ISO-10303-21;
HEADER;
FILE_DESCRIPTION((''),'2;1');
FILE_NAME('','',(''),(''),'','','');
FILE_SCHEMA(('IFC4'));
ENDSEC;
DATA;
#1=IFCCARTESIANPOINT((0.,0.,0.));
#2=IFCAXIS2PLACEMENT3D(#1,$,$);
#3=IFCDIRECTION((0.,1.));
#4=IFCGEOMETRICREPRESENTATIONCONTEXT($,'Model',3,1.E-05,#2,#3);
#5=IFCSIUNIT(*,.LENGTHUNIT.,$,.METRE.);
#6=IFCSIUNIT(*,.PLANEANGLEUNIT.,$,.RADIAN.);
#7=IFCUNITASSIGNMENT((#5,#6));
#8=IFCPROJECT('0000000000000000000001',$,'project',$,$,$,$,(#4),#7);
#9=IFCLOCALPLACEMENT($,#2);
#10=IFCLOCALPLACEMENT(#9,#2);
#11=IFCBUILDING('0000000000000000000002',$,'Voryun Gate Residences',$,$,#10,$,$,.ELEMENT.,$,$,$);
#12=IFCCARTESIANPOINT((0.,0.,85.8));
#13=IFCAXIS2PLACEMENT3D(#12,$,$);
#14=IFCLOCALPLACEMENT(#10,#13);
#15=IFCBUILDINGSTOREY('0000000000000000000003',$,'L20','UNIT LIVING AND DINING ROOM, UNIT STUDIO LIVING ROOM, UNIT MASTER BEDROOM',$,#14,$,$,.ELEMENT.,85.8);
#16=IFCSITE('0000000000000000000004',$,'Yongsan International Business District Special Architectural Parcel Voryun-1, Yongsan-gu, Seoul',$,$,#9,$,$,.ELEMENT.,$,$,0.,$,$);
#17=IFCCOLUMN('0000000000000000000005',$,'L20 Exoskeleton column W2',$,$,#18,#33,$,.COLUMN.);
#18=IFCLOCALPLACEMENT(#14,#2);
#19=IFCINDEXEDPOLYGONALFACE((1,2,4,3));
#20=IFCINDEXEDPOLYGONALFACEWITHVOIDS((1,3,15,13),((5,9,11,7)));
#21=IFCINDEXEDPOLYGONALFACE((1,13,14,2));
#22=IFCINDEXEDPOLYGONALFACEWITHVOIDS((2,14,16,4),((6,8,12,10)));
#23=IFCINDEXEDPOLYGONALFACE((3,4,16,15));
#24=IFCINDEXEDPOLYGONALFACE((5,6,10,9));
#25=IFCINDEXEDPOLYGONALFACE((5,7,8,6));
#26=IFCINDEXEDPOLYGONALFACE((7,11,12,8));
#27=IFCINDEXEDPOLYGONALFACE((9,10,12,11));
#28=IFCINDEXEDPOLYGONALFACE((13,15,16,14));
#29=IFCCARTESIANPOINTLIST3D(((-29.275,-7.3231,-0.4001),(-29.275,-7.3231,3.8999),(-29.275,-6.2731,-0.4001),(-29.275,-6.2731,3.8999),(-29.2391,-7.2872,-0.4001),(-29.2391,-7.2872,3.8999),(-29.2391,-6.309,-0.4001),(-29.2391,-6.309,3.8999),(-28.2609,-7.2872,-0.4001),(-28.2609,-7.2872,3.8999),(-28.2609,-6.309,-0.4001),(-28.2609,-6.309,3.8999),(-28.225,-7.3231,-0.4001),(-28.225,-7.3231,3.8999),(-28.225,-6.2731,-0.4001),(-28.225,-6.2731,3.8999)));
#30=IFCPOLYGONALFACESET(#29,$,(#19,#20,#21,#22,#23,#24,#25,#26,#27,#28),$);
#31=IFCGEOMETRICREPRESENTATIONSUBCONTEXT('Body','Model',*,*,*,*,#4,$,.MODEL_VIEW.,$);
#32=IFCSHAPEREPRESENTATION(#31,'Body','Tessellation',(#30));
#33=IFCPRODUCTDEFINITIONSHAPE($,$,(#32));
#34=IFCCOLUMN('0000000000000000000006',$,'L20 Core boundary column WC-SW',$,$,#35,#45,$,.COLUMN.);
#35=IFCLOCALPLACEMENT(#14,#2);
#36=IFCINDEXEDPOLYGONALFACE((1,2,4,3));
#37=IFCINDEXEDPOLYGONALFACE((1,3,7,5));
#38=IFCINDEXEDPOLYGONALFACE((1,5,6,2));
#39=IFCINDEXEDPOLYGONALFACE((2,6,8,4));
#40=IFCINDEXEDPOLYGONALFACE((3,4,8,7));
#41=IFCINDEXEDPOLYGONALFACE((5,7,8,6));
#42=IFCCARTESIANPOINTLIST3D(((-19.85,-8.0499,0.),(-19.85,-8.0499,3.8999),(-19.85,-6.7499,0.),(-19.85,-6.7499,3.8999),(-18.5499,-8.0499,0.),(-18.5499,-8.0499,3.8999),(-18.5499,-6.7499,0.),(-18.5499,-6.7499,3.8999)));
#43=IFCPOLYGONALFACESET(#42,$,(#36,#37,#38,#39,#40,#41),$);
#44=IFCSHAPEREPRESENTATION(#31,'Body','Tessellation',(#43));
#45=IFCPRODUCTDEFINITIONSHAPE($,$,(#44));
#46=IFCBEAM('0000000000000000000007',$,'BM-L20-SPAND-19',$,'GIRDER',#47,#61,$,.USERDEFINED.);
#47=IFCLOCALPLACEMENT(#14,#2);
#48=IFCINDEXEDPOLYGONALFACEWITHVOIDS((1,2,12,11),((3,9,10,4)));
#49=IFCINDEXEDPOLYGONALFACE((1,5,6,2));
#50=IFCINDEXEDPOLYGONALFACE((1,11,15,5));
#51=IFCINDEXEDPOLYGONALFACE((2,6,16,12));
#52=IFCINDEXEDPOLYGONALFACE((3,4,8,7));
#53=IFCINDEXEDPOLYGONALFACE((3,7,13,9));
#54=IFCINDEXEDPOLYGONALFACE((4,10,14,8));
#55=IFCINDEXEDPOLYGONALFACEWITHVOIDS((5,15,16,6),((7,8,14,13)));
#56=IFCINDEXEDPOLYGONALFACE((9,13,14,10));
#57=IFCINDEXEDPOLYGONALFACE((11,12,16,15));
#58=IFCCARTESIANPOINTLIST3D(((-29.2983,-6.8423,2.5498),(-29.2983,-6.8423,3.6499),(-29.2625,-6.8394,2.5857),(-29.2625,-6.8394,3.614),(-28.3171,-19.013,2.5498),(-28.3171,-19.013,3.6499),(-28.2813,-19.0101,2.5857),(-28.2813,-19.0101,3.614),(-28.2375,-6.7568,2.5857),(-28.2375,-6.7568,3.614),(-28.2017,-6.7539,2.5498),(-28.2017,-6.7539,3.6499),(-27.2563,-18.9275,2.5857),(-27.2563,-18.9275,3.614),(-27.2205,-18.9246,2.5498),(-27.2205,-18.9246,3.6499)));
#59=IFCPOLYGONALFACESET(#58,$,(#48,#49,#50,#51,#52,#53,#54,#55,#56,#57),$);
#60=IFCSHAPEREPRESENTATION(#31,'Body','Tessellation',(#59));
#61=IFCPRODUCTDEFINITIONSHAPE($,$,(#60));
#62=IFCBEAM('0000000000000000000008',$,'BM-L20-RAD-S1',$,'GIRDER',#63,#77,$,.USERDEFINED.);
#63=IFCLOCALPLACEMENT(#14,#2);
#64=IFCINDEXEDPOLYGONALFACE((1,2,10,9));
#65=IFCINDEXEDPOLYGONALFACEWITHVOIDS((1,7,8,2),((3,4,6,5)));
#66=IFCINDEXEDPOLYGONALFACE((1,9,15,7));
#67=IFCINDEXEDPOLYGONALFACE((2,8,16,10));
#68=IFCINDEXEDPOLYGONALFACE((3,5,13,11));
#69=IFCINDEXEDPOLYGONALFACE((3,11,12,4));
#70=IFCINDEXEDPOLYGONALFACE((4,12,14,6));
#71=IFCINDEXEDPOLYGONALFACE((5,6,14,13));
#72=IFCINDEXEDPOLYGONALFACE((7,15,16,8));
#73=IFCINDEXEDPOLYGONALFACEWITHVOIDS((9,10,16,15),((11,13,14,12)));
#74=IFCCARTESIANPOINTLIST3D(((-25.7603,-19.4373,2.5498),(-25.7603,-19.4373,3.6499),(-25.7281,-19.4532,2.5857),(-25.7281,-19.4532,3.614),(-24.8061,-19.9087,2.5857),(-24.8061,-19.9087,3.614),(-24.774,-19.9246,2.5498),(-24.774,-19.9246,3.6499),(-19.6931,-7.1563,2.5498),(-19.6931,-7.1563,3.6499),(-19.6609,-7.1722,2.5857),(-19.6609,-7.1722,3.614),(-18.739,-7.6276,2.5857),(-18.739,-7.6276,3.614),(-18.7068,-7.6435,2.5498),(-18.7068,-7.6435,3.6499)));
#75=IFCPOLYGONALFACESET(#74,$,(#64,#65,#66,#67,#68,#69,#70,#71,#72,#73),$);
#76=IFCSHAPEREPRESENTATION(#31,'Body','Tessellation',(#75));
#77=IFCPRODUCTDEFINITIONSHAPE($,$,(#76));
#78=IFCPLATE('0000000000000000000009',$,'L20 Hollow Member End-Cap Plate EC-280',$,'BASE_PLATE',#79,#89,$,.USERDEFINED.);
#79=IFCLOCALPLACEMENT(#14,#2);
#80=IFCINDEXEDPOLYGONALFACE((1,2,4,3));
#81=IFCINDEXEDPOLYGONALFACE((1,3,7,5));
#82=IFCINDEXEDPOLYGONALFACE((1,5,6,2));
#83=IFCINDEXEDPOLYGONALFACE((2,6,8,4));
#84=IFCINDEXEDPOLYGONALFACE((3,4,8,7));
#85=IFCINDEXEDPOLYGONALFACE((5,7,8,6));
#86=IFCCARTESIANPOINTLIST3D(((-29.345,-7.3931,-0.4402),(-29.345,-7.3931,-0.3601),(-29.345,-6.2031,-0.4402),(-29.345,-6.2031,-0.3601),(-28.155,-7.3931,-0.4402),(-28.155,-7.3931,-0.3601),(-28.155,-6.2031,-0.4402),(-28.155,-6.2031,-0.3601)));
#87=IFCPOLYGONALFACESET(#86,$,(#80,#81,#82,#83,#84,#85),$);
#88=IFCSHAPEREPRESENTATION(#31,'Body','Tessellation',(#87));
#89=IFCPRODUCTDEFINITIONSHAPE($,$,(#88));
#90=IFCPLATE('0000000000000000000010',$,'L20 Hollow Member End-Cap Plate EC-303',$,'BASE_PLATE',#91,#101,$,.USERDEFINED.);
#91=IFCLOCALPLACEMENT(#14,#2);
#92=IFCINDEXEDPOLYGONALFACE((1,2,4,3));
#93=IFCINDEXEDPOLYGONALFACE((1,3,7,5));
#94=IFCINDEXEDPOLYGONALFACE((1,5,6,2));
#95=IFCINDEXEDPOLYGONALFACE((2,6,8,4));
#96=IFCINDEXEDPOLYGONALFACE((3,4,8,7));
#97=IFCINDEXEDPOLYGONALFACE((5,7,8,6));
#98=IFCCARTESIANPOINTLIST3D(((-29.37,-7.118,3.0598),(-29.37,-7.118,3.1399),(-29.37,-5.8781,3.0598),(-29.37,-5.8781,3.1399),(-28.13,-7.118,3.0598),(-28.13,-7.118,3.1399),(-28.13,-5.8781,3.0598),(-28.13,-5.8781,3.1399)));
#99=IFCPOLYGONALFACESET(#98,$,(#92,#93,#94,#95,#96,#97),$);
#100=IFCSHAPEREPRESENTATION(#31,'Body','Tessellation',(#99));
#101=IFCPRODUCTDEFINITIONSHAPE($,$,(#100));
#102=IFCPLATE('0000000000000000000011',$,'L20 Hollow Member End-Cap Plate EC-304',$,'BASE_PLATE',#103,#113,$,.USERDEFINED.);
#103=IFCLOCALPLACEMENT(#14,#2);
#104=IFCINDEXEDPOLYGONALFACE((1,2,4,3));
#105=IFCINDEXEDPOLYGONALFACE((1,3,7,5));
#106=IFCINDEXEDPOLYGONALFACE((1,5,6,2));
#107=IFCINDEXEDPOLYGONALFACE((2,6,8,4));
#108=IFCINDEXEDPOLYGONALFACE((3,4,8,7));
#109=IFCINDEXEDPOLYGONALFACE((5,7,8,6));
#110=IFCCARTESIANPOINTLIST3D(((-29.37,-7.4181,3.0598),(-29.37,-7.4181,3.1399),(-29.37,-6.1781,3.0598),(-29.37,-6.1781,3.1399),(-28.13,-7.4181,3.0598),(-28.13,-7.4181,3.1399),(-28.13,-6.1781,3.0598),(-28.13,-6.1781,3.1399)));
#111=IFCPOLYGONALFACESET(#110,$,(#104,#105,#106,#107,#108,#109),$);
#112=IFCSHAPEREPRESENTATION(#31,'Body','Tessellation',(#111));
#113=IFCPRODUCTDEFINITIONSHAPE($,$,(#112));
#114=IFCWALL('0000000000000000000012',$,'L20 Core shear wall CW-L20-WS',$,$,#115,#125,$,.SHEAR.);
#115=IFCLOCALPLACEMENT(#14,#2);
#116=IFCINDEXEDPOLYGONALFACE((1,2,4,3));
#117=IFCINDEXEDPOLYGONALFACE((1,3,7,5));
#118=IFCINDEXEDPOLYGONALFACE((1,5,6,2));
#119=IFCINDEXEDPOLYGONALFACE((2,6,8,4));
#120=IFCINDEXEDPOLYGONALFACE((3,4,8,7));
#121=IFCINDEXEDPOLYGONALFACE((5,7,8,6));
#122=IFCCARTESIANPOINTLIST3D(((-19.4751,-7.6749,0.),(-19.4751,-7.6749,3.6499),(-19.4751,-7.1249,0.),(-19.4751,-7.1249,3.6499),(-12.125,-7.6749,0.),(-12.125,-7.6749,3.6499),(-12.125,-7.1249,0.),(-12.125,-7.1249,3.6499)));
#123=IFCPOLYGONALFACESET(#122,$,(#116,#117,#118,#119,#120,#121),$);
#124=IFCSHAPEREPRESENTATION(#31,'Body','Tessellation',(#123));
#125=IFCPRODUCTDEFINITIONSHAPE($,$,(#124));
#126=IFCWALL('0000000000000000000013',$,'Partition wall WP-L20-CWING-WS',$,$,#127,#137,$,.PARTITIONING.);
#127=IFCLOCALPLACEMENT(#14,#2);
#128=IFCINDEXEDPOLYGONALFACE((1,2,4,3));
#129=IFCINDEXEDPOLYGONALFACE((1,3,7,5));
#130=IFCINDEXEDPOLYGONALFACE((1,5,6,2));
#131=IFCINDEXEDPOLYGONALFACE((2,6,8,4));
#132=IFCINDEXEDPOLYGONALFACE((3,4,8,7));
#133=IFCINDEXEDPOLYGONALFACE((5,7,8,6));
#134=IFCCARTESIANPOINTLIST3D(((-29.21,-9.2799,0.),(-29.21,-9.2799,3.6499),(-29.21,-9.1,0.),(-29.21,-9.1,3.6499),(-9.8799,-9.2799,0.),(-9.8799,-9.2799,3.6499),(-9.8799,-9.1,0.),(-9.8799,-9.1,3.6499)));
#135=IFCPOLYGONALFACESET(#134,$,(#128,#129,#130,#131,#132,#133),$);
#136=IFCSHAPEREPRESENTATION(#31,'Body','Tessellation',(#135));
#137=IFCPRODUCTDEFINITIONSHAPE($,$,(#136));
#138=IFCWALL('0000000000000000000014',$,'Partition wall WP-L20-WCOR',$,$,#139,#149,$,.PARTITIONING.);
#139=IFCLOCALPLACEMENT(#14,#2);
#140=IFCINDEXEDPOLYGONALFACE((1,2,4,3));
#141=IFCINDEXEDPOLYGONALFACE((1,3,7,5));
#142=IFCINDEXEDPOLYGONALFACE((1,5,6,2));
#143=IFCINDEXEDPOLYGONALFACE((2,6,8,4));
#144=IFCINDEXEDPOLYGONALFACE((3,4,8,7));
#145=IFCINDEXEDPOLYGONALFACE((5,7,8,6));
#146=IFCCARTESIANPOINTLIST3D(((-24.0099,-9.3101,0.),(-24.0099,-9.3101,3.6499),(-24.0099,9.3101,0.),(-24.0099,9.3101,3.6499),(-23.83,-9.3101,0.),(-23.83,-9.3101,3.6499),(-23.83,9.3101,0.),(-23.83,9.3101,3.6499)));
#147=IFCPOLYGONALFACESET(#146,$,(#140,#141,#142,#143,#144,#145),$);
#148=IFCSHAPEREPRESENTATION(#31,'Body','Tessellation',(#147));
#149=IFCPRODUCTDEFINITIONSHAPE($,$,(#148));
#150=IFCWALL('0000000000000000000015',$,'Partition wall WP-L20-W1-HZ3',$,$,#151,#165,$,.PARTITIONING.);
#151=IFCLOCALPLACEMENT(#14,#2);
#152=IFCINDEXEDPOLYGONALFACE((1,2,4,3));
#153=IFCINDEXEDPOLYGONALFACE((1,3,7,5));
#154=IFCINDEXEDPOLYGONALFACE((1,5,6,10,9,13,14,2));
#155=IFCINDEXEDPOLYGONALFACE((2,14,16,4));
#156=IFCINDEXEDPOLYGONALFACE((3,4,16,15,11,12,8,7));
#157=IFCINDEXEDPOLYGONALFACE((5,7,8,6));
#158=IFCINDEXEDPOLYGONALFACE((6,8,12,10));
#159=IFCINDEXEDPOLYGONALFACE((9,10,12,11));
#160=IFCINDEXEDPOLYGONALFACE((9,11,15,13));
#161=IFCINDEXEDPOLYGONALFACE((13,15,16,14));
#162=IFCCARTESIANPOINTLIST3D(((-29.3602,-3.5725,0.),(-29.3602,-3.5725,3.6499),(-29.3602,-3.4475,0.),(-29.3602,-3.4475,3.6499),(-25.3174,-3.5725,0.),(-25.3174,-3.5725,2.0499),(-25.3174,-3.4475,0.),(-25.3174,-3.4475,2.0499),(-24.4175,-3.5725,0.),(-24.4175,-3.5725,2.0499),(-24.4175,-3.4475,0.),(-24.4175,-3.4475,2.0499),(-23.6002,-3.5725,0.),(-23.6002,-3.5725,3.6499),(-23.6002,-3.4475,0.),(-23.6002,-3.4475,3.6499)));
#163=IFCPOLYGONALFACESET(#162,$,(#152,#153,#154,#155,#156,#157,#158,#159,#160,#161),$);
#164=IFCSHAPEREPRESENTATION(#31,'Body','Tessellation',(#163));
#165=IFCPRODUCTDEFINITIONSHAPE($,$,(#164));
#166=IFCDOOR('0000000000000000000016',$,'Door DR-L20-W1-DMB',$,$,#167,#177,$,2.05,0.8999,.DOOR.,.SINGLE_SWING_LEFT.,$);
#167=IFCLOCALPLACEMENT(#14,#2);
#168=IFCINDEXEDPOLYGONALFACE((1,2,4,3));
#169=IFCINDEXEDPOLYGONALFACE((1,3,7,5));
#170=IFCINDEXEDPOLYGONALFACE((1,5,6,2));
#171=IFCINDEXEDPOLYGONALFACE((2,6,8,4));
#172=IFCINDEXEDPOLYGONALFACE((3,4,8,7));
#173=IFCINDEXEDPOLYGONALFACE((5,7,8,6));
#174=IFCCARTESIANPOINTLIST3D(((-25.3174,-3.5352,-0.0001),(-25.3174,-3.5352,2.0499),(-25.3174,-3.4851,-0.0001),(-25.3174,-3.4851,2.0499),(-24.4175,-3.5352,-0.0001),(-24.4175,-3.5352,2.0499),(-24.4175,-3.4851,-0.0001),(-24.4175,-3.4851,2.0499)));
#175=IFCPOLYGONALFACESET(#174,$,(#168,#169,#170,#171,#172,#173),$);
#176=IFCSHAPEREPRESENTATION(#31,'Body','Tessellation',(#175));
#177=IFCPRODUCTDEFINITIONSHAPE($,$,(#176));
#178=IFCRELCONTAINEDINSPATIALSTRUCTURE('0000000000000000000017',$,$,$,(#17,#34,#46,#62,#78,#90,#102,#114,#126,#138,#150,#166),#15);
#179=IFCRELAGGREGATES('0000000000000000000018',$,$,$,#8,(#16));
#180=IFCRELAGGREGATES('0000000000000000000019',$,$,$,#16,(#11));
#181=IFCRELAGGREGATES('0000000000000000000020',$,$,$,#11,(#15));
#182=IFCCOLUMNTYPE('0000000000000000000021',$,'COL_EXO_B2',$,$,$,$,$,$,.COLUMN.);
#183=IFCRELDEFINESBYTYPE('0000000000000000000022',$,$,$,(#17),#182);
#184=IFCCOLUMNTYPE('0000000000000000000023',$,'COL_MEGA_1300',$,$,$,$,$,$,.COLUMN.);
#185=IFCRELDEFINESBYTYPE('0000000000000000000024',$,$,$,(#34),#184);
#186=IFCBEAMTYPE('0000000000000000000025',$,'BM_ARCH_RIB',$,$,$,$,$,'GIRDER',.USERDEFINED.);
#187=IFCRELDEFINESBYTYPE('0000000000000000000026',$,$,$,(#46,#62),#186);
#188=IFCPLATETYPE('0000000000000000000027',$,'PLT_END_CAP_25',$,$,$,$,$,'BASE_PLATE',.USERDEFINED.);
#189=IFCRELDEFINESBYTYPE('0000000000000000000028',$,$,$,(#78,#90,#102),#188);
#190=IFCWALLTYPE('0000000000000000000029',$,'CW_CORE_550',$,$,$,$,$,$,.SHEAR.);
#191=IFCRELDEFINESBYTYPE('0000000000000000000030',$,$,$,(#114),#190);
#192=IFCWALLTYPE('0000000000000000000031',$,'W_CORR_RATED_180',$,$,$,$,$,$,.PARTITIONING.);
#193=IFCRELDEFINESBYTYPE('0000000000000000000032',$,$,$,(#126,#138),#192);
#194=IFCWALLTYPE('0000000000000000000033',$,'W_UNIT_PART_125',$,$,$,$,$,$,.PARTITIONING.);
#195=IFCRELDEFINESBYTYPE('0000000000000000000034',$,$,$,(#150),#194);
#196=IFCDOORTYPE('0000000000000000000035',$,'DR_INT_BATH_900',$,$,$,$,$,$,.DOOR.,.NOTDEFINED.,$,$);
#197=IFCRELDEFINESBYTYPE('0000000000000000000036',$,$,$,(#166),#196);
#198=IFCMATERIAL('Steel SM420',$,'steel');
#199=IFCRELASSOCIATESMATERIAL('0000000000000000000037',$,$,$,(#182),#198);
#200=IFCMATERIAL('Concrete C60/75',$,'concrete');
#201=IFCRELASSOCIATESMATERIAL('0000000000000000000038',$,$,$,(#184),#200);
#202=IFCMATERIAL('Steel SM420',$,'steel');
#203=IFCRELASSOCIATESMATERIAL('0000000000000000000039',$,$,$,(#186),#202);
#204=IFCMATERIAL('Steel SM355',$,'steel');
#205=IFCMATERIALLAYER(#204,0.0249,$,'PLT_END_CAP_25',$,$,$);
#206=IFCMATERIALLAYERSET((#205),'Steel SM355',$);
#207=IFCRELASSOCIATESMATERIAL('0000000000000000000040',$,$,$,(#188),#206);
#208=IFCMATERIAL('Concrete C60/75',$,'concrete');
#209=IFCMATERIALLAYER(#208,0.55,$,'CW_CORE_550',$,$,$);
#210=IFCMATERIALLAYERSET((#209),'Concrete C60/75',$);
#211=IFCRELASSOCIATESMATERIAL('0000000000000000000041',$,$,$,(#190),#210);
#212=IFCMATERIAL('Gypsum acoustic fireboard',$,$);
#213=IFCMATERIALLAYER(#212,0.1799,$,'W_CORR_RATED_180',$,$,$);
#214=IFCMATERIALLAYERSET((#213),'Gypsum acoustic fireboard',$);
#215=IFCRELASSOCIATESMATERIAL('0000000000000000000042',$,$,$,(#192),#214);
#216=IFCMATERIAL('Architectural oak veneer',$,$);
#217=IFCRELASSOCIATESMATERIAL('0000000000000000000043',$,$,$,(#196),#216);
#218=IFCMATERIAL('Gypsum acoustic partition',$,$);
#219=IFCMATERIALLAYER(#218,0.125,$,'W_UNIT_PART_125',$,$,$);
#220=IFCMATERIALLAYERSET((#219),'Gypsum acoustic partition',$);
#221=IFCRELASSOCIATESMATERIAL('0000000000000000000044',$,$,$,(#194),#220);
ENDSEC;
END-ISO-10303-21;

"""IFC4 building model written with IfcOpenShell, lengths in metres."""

from ifc_helpers import new_model, si_unit, direction, frame, frame_2d, origin, origin_2d, place, context, subcontext, project, spatial, rectangle, hollow_rectangle, extrude, material, layer, layer_set, material_profile, profile_set, type_object, element, fill, save


model = new_model("IFC4")

# Units and contexts
model_context = context("Model", 3, precision=1e-05, world=origin(), true_north=direction((0.0, 1.0)))
body_context = subcontext(model_context, "Body", "Model", "MODEL_VIEW")
ifc_project = project(units=[si_unit("LENGTHUNIT", "METRE"), si_unit("PLANEANGLEUNIT", "RADIAN")], contexts=[model_context])

# Site, building, storey
site_placement = place(None, origin())
site = spatial("IfcSite", under=ifc_project, at=site_placement, Name="Yongsan International Business District Special Architectural Parcel Voryun-1, Yongsan-gu, Seoul", CompositionType="ELEMENT", RefElevation=0.0)
building_placement = place(site_placement, origin())
building = spatial("IfcBuilding", under=site, at=building_placement, Name="Voryun Gate Residences", CompositionType="ELEMENT")
storey_placement = place(building_placement, frame((0.0, 0.0, 85.8)))
storey = spatial("IfcBuildingStorey", under=building, at=storey_placement, Name="L20", Description="UNIT LIVING AND DINING ROOM, UNIT STUDIO LIVING ROOM, UNIT MASTER BEDROOM", CompositionType="ELEMENT", Elevation=85.8)

# Columns
ifc_material_1 = material(Name="Steel SM420", Category="steel")
ifc_material_profile_1 = material_profile(ifc_material_1, hollow_rectangle(XDim=1.05, YDim=1.05, WallThickness=0.0359, at=origin_2d()), Name="BOX-1050x1050x36")
ifc_profile_set_1 = profile_set([ifc_material_profile_1], Name="Steel SM420")
column_type_1 = type_object("IfcColumnType", Name="COL_EXO_B2", PredefinedType="COLUMN", material=ifc_profile_set_1)
column_1_placement = place(storey_placement, frame((-28.75, -6.7981, -0.4001), z_axis=(0.0, 0.0, 1.0), x_axis=(1.0, 0.0, 0.0)))
element("IfcColumn", 1, at=column_1_placement, inside=storey, type_object=column_type_1, Name="L20 Exoskeleton column W2", PredefinedType="COLUMN", context=body_context, shape_type="SweptSolid", body=[
    extrude(hollow_rectangle(XDim=1.05, YDim=1.05, WallThickness=0.0359, at=origin_2d()), origin(), (0.0, 0.0, 1.0), 4.3),
])
ifc_material_2 = material(Name="Concrete C60/75", Category="concrete")
ifc_material_profile_2 = material_profile(ifc_material_2, rectangle(XDim=1.3, YDim=1.3, at=origin_2d()), Name="RC-1300x1300")
ifc_profile_set_2 = profile_set([ifc_material_profile_2], Name="Concrete C60/75")
column_type_2 = type_object("IfcColumnType", Name="COL_MEGA_1300", PredefinedType="COLUMN", material=ifc_profile_set_2)
column_2_placement = place(storey_placement, frame((-19.2, -7.3999, 0.0), z_axis=(0.0, 0.0, 1.0), x_axis=(1.0, 0.0, 0.0)))
element("IfcColumn", 2, at=column_2_placement, inside=storey, type_object=column_type_2, Name="L20 Core boundary column WC-SW", PredefinedType="COLUMN", context=body_context, shape_type="SweptSolid", body=[
    extrude(rectangle(XDim=1.3, YDim=1.3, at=origin_2d()), origin(), (0.0, 0.0, 1.0), 3.8999),
])

# Beams
ifc_material_3 = material(Name="Steel SM420", Category="steel")
ifc_material_profile_3 = material_profile(ifc_material_3, hollow_rectangle(XDim=1.1001, YDim=1.1001, WallThickness=0.0359, at=origin_2d()), Name="BOX-1100x1100x36")
ifc_profile_set_3 = profile_set([ifc_material_profile_3], Name="Steel SM420")
beam_type = type_object("IfcBeamType", Name="BM_ARCH_RIB", ElementType="GIRDER", PredefinedType="USERDEFINED", material=ifc_profile_set_3)
beam_1_placement = place(storey_placement, frame((-28.75, -6.7981, 3.0999), z_axis=(0.08036, -0.996766, 0.0), x_axis=(0.996766, 0.08036, 0.0)))
element("IfcBeam", 3, at=beam_1_placement, inside=storey, type_object=beam_type, Name="BM-L20-SPAND-19", ObjectType="GIRDER", PredefinedType="USERDEFINED", context=body_context, shape_type="SweptSolid", body=[
    extrude(hollow_rectangle(XDim=1.1001, YDim=1.1001, WallThickness=0.0359, at=origin_2d()), origin(), (0.0, 0.0, 1.0), 12.2102),
])
beam_2_placement = place(storey_placement, frame((-19.2, -7.3999, 3.0999), z_axis=(-0.442924, -0.896559, 0.0), x_axis=(0.896559, -0.442924, 0.0)))
element("IfcBeam", 4, at=beam_2_placement, inside=storey, type_object=beam_type, Name="BM-L20-RAD-S1", ObjectType="GIRDER", PredefinedType="USERDEFINED", context=body_context, shape_type="SweptSolid", body=[
    extrude(hollow_rectangle(XDim=1.1001, YDim=1.1001, WallThickness=0.0359, at=origin_2d()), origin(), (0.0, 0.0, 1.0), 13.698),
])

# Plates
ifc_material_4 = material(Name="Steel SM355", Category="steel")
ifc_layer_1 = layer(ifc_material_4, 0.0249, Name="PLT_END_CAP_25")
ifc_layer_set_1 = layer_set([ifc_layer_1], Name="Steel SM355")
plate_type = type_object("IfcPlateType", Name="PLT_END_CAP_25", ElementType="BASE_PLATE", PredefinedType="USERDEFINED", material=ifc_layer_set_1)
plate_placement = place(storey_placement, frame((-28.75, -6.7981, -0.4402), z_axis=(0.0, 0.0, 1.0), x_axis=(1.0, 0.0, 0.0)))
element("IfcPlate", 5, at=plate_placement, inside=storey, type_object=plate_type, Name="L20 Hollow Member End-Cap Plate EC-280", ObjectType="BASE_PLATE", PredefinedType="USERDEFINED", context=body_context, shape_type="SweptSolid", body=[
    extrude(rectangle(XDim=1.1899, YDim=1.1899, at=origin_2d()), origin(), (0.0, 0.0, 1.0), 0.0801),
])
for number, where, z_axis, x_axis, name in (
    (6, (-28.75, -6.498, 3.0598), (0.0, 0.0, 1.0), (1.0, 0.0, 0.0), "L20 Hollow Member End-Cap Plate EC-303"),
    (7, (-28.75, -6.7981, 3.0598), (0.0, 0.0, 1.0), (1.0, 0.0, 0.0), "L20 Hollow Member End-Cap Plate EC-304"),
):
    element("IfcPlate", number, at=place(storey_placement, frame(where, z_axis=z_axis, x_axis=x_axis)), inside=storey, type_object=plate_type, Name=name, ObjectType="BASE_PLATE", PredefinedType="USERDEFINED", context=body_context, shape_type="SweptSolid", body=[
        extrude(rectangle(XDim=1.24, YDim=1.24, at=origin_2d()), origin(), (0.0, 0.0, 1.0), 0.0801),
    ])

# Walls
ifc_material_5 = material(Name="Concrete C60/75", Category="concrete")
ifc_layer_2 = layer(ifc_material_5, 0.55, Name="CW_CORE_550")
ifc_layer_set_2 = layer_set([ifc_layer_2], Name="Concrete C60/75")
wall_type_1 = type_object("IfcWallType", Name="CW_CORE_550", PredefinedType="SHEAR", material=ifc_layer_set_2)
wall_1_placement = place(storey_placement, frame((-19.4751, -7.3999, 0.0), z_axis=(0.0, 0.0, 1.0), x_axis=(1.0, 0.0, 0.0)))
element("IfcWall", 8, at=wall_1_placement, inside=storey, type_object=wall_type_1, Name="L20 Core shear wall CW-L20-WS", PredefinedType="SHEAR", context=body_context, shape_type="SweptSolid", body=[
    extrude(rectangle(XDim=7.3501, YDim=0.55, at=frame_2d((3.675, 0.0))), origin(), (0.0, 0.0, 1.0), 3.6499),
])
ifc_material_6 = material(Name="Gypsum acoustic fireboard")
ifc_layer_3 = layer(ifc_material_6, 0.1799, Name="W_CORR_RATED_180")
ifc_layer_set_3 = layer_set([ifc_layer_3], Name="Gypsum acoustic fireboard")
wall_type_2 = type_object("IfcWallType", Name="W_CORR_RATED_180", PredefinedType="PARTITIONING", material=ifc_layer_set_3)
wall_2_placement = place(storey_placement, frame((-29.21, -9.1899, 0.0), z_axis=(0.0, 0.0, 1.0), x_axis=(1.0, 0.0, 0.0)))
element("IfcWall", 9, at=wall_2_placement, inside=storey, type_object=wall_type_2, Name="Partition wall WP-L20-CWING-WS", PredefinedType="PARTITIONING", context=body_context, shape_type="SweptSolid", body=[
    extrude(rectangle(XDim=19.3301, YDim=0.1799, at=frame_2d((9.665, 0.0))), origin(), (0.0, 0.0, 1.0), 3.6499),
])

# Shared definitions
ifc_material_7 = material(Name="Architectural oak veneer")
door_type_1 = type_object("IfcDoorType", Name="DR_INT_BATH_900", OperationType="NOTDEFINED", PredefinedType="DOOR", material=ifc_material_7)

# Wall
wall_3_placement = place(storey_placement, frame((-23.9199, -9.3101, 0.0), z_axis=(0.0, 0.0, 1.0), x_axis=(0.0, 1.0, 0.0)))
element("IfcWall", 10, at=wall_3_placement, inside=storey, type_object=wall_type_2, Name="Partition wall WP-L20-WCOR", PredefinedType="PARTITIONING", context=body_context, shape_type="SweptSolid", body=[
    extrude(rectangle(XDim=18.6201, YDim=0.1799, at=frame_2d((9.3101, 0.0))), origin(), (0.0, 0.0, 1.0), 3.6499),
])

# Wall, opening, door
ifc_material_8 = material(Name="Gypsum acoustic partition")
ifc_layer_4 = layer(ifc_material_8, 0.125, Name="W_UNIT_PART_125")
ifc_layer_set_4 = layer_set([ifc_layer_4], Name="Gypsum acoustic partition")
wall_type_3 = type_object("IfcWallType", Name="W_UNIT_PART_125", PredefinedType="PARTITIONING", material=ifc_layer_set_4)
wall_4_placement = place(storey_placement, frame((-29.3601, -3.51, 0.0), z_axis=(0.0, 0.0, 1.0), x_axis=(1.0, 0.0, 0.0)))
wall_4 = element("IfcWall", 11, at=wall_4_placement, inside=storey, type_object=wall_type_3, Name="Partition wall WP-L20-W1-HZ3", PredefinedType="PARTITIONING", context=body_context, shape_type="SweptSolid", body=[
    extrude(rectangle(XDim=5.76, YDim=0.125, at=frame_2d((2.8799, 0.0))), origin(), (0.0, 0.0, 1.0), 3.6499),
])
opening_1_placement = place(wall_4_placement, frame((4.0427, 0.0, 0.0)))
opening_1 = element("IfcOpeningElement", 12, at=opening_1_placement, cuts=wall_4, PredefinedType="OPENING", context=body_context, shape_type="SweptSolid", body=[
    extrude(rectangle(XDim=0.8999, YDim=2.05, at=frame_2d((0.45, 1.0249))), frame((0.0, 0.0725, 0.0), z_axis=(0.0, -1.0, 0.0), x_axis=(1.0, 0.0, 0.0)), (0.0, 0.0, 1.0), 0.145),
])
door_1_placement = place(opening_1_placement, origin())
door_1 = element("IfcDoor", 13, at=door_1_placement, inside=storey, type_object=door_type_1, Name="Door DR-L20-W1-DMB", OperationType="SINGLE_SWING_LEFT", OverallHeight=2.05, OverallWidth=0.8999, PredefinedType="DOOR", context=body_context, shape_type="SweptSolid", body=[
    extrude(rectangle(XDim=0.8999, YDim=2.05, at=frame_2d((0.45, 1.0249))), frame((0.0, 0.0249, 0.0), z_axis=(0.0, -1.0, 0.0), x_axis=(1.0, 0.0, 0.0)), (0.0, 0.0, 1.0), 0.05),
])
fill(opening_1, door_1)

save(model, "model.ifc")
